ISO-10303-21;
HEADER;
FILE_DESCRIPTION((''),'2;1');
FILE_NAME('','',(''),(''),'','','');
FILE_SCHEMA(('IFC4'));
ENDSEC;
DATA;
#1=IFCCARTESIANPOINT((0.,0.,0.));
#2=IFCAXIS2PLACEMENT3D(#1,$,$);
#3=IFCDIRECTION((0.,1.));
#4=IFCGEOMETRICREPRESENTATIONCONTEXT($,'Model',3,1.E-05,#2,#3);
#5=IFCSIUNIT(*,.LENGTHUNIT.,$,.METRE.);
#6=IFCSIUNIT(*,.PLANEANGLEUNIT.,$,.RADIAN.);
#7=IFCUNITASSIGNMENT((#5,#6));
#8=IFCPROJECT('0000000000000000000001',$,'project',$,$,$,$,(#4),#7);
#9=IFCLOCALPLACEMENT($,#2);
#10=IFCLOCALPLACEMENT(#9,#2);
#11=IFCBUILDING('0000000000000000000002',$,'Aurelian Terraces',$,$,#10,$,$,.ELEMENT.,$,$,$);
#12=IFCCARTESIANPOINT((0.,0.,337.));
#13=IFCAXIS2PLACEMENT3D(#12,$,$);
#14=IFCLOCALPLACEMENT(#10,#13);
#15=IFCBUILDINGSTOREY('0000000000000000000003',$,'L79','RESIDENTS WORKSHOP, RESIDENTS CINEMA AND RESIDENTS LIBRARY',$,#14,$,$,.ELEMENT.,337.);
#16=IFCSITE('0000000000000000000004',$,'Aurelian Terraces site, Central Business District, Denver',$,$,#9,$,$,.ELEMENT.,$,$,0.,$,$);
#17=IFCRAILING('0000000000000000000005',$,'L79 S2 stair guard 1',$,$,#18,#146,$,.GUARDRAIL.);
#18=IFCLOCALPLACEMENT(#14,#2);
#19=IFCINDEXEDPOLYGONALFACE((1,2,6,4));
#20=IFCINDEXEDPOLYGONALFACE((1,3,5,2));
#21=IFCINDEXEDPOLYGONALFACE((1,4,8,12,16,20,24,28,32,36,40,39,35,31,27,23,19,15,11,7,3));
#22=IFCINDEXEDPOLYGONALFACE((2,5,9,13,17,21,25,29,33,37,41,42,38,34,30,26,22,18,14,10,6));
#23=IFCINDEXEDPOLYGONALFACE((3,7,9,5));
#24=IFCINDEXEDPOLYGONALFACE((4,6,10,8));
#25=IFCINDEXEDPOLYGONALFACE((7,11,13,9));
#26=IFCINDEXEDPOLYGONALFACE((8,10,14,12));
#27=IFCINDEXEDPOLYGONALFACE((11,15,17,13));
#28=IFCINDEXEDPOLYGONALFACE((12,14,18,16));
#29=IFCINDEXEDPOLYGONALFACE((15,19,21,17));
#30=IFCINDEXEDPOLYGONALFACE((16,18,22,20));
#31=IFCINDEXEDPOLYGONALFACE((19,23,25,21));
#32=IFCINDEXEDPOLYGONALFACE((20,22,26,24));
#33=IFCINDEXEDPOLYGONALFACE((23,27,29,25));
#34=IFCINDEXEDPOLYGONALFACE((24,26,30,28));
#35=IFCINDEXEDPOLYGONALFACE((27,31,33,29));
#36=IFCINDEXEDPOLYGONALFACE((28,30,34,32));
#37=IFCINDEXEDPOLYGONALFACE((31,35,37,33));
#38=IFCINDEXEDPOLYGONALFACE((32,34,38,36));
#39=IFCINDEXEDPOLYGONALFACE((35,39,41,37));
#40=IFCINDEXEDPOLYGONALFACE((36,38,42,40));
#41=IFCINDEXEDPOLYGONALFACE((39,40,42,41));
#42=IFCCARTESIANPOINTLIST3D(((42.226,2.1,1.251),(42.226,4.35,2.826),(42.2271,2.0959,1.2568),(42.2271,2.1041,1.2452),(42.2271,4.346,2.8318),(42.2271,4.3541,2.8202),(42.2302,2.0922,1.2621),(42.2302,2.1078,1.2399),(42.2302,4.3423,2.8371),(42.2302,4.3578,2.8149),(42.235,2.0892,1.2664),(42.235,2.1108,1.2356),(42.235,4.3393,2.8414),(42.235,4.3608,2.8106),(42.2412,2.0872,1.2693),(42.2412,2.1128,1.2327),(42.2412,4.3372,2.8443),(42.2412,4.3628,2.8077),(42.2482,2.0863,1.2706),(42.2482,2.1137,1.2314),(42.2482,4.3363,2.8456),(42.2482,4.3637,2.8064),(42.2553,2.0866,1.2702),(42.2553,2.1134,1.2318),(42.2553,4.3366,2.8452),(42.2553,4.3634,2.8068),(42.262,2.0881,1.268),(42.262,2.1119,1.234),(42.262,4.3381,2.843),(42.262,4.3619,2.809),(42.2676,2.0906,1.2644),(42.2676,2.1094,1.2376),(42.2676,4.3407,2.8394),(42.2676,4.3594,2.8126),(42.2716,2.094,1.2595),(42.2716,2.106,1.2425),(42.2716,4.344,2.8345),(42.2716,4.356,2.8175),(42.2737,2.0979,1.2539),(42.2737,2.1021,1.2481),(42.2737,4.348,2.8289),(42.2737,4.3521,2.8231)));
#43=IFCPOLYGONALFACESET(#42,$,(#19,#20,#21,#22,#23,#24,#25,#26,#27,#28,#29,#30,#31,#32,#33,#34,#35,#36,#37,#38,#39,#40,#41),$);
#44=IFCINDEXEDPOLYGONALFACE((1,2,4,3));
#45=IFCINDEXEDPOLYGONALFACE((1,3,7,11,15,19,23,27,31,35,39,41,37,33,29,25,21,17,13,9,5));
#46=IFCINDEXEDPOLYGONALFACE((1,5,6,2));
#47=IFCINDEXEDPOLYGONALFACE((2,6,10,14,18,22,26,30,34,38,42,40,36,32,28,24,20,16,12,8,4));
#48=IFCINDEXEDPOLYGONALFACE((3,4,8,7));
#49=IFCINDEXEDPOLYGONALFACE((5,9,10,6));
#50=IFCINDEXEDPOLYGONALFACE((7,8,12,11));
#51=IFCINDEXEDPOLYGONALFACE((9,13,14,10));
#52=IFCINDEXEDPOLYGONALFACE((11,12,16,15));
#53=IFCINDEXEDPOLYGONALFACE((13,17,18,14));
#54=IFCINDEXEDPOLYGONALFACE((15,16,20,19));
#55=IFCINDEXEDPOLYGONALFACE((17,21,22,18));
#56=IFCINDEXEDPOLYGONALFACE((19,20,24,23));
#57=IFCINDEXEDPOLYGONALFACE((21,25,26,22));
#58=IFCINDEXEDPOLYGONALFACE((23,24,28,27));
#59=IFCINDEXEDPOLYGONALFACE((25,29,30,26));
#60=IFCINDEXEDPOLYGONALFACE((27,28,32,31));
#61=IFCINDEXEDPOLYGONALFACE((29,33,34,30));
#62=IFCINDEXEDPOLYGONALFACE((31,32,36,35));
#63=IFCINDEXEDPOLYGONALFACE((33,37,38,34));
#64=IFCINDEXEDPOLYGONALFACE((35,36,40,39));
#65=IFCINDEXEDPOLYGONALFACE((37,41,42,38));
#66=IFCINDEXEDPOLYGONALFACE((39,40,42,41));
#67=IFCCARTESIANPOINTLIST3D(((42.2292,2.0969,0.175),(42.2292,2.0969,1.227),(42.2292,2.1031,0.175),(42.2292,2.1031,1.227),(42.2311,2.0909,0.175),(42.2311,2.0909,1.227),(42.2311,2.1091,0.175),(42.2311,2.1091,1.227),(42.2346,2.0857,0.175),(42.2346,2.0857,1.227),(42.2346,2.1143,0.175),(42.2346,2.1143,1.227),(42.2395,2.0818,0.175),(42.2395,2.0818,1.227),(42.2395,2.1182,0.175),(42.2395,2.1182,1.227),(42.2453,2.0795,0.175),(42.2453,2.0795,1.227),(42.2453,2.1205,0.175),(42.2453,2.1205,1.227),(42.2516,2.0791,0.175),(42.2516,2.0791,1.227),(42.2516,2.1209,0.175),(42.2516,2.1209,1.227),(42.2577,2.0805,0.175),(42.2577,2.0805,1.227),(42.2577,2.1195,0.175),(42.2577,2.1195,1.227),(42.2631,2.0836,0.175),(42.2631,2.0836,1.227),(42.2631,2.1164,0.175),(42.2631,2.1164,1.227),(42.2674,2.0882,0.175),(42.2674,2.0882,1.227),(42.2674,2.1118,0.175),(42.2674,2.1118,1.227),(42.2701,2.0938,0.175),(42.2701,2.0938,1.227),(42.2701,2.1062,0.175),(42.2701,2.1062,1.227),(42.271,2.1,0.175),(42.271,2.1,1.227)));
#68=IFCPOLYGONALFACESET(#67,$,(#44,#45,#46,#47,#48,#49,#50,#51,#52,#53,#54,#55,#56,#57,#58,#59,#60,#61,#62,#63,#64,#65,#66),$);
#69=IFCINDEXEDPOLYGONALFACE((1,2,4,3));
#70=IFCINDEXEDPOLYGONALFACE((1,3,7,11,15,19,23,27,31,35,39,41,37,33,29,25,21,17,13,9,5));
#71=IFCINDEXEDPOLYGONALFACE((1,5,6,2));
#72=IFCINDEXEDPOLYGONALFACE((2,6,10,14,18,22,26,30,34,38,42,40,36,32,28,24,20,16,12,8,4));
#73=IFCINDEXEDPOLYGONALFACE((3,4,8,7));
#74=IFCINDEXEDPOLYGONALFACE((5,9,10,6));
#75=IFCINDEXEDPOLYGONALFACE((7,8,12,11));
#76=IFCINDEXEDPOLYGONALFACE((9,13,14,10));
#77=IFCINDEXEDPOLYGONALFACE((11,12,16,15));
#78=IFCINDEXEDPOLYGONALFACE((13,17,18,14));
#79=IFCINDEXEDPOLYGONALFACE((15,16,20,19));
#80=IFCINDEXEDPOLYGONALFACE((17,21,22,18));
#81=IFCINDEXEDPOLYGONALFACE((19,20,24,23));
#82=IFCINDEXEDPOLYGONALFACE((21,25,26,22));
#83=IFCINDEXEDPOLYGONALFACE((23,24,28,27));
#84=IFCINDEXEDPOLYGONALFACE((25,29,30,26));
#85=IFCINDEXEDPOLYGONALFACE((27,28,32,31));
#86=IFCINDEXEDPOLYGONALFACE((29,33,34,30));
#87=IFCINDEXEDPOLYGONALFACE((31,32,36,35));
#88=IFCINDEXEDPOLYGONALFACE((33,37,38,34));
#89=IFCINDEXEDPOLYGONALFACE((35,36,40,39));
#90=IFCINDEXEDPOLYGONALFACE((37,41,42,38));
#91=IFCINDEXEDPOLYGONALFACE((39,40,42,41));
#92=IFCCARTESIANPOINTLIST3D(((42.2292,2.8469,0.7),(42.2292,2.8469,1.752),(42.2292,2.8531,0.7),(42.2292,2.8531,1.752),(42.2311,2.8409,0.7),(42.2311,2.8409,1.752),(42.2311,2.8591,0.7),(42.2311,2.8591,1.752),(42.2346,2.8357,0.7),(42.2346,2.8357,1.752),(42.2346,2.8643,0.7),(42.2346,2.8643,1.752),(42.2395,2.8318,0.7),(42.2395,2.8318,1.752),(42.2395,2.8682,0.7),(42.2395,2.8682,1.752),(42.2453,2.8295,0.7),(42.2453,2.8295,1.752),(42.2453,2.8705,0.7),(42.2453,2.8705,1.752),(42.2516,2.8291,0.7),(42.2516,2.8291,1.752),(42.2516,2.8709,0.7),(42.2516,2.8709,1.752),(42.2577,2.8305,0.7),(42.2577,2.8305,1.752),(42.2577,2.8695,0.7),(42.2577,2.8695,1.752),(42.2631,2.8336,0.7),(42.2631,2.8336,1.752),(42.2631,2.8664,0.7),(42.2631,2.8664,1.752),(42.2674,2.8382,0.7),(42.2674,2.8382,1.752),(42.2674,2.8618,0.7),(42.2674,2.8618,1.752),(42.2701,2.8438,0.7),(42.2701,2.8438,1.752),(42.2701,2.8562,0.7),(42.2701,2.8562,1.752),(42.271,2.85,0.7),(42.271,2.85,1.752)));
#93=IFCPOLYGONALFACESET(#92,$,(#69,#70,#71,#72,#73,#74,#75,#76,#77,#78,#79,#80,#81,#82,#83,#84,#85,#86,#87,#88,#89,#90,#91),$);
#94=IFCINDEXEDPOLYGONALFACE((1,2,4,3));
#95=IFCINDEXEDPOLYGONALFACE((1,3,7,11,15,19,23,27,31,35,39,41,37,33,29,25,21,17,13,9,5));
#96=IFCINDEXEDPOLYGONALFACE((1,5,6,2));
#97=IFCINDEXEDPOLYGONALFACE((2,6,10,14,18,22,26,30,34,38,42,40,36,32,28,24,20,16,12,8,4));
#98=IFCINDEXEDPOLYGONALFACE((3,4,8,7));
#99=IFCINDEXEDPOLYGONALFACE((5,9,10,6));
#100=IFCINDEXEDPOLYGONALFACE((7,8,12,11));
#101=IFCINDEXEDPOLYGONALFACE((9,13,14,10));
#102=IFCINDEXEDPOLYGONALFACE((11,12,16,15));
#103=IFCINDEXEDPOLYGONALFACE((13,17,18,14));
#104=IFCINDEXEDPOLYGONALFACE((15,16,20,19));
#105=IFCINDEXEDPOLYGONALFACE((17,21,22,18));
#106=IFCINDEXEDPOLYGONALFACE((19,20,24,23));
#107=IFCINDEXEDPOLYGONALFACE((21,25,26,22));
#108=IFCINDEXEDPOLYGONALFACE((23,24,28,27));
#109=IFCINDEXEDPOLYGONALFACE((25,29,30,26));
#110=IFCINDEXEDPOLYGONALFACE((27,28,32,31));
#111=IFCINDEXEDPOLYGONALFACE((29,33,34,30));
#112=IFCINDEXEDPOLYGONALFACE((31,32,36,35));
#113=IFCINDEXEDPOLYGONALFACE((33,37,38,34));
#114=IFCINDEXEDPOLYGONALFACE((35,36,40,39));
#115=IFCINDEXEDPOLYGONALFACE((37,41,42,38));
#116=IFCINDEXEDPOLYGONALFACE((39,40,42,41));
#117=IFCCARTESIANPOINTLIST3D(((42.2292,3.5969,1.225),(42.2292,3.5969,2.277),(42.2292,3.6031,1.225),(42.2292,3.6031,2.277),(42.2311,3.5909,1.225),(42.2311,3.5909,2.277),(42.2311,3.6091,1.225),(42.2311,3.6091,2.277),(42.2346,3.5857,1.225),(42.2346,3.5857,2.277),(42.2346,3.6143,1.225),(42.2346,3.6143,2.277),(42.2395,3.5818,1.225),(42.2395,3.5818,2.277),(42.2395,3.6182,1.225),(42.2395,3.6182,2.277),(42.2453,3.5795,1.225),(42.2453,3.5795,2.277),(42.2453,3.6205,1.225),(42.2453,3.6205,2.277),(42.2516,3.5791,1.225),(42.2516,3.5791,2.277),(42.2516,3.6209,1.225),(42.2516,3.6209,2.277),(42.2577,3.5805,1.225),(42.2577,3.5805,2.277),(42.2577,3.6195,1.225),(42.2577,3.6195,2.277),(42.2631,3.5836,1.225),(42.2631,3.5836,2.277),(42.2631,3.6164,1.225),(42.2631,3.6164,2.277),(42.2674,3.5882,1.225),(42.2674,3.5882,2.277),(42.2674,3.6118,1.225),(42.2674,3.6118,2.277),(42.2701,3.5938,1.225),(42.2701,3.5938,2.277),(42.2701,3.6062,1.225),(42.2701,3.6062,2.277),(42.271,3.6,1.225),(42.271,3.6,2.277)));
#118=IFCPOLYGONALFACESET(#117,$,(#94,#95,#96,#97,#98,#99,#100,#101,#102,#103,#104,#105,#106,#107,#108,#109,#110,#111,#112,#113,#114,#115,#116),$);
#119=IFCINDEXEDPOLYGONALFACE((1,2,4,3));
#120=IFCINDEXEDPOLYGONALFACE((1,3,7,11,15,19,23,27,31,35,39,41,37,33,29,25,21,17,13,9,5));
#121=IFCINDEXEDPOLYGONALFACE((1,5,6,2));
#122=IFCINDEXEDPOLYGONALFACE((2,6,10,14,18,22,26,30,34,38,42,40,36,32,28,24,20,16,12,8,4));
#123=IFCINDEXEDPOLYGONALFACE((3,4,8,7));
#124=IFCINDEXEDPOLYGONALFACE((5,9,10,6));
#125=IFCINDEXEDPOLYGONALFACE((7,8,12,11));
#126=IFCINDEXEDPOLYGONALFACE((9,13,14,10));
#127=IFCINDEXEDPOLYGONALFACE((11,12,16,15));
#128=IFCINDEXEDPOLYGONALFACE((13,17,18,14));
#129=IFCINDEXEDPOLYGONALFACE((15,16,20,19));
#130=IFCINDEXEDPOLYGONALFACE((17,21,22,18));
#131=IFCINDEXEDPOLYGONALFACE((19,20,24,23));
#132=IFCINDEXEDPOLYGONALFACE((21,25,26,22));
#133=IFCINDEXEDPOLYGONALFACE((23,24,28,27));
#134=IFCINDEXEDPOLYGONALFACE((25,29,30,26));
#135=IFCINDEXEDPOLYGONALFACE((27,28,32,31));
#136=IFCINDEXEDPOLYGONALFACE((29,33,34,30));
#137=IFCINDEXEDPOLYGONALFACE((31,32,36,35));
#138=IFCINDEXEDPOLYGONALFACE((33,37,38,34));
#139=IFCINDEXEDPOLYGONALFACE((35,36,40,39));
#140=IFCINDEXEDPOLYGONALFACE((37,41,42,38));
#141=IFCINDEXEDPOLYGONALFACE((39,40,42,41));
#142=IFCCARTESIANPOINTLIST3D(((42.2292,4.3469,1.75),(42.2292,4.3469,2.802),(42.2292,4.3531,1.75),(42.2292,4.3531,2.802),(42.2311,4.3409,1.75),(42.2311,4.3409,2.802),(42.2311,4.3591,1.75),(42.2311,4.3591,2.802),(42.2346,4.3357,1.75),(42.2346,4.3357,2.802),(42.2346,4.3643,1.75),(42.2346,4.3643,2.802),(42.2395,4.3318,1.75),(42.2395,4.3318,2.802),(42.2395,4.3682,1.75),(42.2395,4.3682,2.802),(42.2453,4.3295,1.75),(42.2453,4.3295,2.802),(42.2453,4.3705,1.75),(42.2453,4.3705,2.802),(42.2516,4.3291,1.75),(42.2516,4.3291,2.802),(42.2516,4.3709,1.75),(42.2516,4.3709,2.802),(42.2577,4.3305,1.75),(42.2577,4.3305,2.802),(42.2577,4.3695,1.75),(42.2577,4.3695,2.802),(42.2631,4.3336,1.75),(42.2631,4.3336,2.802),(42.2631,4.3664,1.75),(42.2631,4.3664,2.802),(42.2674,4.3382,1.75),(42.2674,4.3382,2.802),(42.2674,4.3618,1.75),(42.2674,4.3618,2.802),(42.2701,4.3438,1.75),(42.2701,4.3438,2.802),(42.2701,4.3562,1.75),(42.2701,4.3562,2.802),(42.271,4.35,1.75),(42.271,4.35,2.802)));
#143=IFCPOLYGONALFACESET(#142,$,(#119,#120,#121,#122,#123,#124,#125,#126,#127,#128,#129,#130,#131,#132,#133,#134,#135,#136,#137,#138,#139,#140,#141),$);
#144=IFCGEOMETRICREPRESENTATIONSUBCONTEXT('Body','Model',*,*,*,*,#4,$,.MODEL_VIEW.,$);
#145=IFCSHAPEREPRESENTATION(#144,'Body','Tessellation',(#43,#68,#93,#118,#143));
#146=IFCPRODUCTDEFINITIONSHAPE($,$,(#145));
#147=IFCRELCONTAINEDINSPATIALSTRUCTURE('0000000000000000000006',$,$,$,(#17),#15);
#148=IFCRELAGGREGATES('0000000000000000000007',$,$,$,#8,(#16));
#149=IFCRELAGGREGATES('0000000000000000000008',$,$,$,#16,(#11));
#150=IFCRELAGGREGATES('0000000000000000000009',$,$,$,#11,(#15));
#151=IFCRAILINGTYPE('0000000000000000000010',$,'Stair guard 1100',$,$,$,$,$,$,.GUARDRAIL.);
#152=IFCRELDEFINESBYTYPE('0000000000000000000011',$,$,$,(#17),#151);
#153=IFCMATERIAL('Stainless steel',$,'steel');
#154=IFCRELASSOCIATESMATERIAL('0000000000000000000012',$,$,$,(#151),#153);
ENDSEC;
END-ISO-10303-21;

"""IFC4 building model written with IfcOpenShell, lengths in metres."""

from ifc_helpers import new_model, si_unit, direction, frame, origin, origin_2d, place, context, subcontext, project, spatial, circle, extrude, source, transform, mapped, material, type_object, element, save


model = new_model("IFC4")

# Units and contexts
model_context = context("Model", 3, precision=1e-05, world=origin(), true_north=direction((0.0, 1.0)))
body_context = subcontext(model_context, "Body", "Model", "MODEL_VIEW")
ifc_project = project(units=[si_unit("LENGTHUNIT", "METRE"), si_unit("PLANEANGLEUNIT", "RADIAN")], contexts=[model_context])

# Site, building, storey
site_placement = place(None, origin())
site = spatial("IfcSite", under=ifc_project, at=site_placement, Name="Aurelian Terraces site, Central Business District, Denver", CompositionType="ELEMENT", RefElevation=0.0)
building_placement = place(site_placement, origin())
building = spatial("IfcBuilding", under=site, at=building_placement, Name="Aurelian Terraces", CompositionType="ELEMENT")
storey_placement = place(building_placement, frame((0.0, 0.0, 337.0)))
storey = spatial("IfcBuildingStorey", under=building, at=storey_placement, Name="L79", Description="RESIDENTS WORKSHOP, RESIDENTS CINEMA AND RESIDENTS LIBRARY", CompositionType="ELEMENT", Elevation=337.0)

# Railing
ifc_material_1 = material(Name="Stainless steel", Category="steel")
railing_type_1 = type_object("IfcRailingType", Name="Stair guard 1100", PredefinedType="GUARDRAIL", material=ifc_material_1)
shared_shape_1 = source(origin(), body_context, "Body", "SweptSolid", [
    extrude(circle(Radius=0.024, at=origin_2d()), frame((0.0, 0.0, 1.076), z_axis=(0.0, 0.819232, 0.573462), x_axis=(-1.0, 0.0, 0.0)), (0.0, 0.0, 1.0), 2.7465),
    extrude(circle(Radius=0.021, at=origin_2d()), origin(), (0.0, 0.0, 1.0), 1.052),
    extrude(circle(Radius=0.021, at=origin_2d()), frame((0.0, 0.75, 0.525)), (0.0, 0.0, 1.0), 1.052),
    extrude(circle(Radius=0.021, at=origin_2d()), frame((0.0, 1.5, 1.05)), (0.0, 0.0, 1.0), 1.052),
    extrude(circle(Radius=0.021, at=origin_2d()), frame((0.0, 2.25, 1.575)), (0.0, 0.0, 1.0), 1.052),
])
railing_1_placement = place(storey_placement, frame((42.25, 2.1, 0.175)))
element("IfcRailing", 1, at=railing_1_placement, inside=storey, type_object=railing_type_1, Name="L79 S2 stair guard 1", PredefinedType="GUARDRAIL", context=body_context, shape_type="MappedRepresentation", body=[
    mapped(shared_shape_1, transform((0.0, 0.0, 0.0), scale=1.0)),
])

save(model, "model.ifc")
